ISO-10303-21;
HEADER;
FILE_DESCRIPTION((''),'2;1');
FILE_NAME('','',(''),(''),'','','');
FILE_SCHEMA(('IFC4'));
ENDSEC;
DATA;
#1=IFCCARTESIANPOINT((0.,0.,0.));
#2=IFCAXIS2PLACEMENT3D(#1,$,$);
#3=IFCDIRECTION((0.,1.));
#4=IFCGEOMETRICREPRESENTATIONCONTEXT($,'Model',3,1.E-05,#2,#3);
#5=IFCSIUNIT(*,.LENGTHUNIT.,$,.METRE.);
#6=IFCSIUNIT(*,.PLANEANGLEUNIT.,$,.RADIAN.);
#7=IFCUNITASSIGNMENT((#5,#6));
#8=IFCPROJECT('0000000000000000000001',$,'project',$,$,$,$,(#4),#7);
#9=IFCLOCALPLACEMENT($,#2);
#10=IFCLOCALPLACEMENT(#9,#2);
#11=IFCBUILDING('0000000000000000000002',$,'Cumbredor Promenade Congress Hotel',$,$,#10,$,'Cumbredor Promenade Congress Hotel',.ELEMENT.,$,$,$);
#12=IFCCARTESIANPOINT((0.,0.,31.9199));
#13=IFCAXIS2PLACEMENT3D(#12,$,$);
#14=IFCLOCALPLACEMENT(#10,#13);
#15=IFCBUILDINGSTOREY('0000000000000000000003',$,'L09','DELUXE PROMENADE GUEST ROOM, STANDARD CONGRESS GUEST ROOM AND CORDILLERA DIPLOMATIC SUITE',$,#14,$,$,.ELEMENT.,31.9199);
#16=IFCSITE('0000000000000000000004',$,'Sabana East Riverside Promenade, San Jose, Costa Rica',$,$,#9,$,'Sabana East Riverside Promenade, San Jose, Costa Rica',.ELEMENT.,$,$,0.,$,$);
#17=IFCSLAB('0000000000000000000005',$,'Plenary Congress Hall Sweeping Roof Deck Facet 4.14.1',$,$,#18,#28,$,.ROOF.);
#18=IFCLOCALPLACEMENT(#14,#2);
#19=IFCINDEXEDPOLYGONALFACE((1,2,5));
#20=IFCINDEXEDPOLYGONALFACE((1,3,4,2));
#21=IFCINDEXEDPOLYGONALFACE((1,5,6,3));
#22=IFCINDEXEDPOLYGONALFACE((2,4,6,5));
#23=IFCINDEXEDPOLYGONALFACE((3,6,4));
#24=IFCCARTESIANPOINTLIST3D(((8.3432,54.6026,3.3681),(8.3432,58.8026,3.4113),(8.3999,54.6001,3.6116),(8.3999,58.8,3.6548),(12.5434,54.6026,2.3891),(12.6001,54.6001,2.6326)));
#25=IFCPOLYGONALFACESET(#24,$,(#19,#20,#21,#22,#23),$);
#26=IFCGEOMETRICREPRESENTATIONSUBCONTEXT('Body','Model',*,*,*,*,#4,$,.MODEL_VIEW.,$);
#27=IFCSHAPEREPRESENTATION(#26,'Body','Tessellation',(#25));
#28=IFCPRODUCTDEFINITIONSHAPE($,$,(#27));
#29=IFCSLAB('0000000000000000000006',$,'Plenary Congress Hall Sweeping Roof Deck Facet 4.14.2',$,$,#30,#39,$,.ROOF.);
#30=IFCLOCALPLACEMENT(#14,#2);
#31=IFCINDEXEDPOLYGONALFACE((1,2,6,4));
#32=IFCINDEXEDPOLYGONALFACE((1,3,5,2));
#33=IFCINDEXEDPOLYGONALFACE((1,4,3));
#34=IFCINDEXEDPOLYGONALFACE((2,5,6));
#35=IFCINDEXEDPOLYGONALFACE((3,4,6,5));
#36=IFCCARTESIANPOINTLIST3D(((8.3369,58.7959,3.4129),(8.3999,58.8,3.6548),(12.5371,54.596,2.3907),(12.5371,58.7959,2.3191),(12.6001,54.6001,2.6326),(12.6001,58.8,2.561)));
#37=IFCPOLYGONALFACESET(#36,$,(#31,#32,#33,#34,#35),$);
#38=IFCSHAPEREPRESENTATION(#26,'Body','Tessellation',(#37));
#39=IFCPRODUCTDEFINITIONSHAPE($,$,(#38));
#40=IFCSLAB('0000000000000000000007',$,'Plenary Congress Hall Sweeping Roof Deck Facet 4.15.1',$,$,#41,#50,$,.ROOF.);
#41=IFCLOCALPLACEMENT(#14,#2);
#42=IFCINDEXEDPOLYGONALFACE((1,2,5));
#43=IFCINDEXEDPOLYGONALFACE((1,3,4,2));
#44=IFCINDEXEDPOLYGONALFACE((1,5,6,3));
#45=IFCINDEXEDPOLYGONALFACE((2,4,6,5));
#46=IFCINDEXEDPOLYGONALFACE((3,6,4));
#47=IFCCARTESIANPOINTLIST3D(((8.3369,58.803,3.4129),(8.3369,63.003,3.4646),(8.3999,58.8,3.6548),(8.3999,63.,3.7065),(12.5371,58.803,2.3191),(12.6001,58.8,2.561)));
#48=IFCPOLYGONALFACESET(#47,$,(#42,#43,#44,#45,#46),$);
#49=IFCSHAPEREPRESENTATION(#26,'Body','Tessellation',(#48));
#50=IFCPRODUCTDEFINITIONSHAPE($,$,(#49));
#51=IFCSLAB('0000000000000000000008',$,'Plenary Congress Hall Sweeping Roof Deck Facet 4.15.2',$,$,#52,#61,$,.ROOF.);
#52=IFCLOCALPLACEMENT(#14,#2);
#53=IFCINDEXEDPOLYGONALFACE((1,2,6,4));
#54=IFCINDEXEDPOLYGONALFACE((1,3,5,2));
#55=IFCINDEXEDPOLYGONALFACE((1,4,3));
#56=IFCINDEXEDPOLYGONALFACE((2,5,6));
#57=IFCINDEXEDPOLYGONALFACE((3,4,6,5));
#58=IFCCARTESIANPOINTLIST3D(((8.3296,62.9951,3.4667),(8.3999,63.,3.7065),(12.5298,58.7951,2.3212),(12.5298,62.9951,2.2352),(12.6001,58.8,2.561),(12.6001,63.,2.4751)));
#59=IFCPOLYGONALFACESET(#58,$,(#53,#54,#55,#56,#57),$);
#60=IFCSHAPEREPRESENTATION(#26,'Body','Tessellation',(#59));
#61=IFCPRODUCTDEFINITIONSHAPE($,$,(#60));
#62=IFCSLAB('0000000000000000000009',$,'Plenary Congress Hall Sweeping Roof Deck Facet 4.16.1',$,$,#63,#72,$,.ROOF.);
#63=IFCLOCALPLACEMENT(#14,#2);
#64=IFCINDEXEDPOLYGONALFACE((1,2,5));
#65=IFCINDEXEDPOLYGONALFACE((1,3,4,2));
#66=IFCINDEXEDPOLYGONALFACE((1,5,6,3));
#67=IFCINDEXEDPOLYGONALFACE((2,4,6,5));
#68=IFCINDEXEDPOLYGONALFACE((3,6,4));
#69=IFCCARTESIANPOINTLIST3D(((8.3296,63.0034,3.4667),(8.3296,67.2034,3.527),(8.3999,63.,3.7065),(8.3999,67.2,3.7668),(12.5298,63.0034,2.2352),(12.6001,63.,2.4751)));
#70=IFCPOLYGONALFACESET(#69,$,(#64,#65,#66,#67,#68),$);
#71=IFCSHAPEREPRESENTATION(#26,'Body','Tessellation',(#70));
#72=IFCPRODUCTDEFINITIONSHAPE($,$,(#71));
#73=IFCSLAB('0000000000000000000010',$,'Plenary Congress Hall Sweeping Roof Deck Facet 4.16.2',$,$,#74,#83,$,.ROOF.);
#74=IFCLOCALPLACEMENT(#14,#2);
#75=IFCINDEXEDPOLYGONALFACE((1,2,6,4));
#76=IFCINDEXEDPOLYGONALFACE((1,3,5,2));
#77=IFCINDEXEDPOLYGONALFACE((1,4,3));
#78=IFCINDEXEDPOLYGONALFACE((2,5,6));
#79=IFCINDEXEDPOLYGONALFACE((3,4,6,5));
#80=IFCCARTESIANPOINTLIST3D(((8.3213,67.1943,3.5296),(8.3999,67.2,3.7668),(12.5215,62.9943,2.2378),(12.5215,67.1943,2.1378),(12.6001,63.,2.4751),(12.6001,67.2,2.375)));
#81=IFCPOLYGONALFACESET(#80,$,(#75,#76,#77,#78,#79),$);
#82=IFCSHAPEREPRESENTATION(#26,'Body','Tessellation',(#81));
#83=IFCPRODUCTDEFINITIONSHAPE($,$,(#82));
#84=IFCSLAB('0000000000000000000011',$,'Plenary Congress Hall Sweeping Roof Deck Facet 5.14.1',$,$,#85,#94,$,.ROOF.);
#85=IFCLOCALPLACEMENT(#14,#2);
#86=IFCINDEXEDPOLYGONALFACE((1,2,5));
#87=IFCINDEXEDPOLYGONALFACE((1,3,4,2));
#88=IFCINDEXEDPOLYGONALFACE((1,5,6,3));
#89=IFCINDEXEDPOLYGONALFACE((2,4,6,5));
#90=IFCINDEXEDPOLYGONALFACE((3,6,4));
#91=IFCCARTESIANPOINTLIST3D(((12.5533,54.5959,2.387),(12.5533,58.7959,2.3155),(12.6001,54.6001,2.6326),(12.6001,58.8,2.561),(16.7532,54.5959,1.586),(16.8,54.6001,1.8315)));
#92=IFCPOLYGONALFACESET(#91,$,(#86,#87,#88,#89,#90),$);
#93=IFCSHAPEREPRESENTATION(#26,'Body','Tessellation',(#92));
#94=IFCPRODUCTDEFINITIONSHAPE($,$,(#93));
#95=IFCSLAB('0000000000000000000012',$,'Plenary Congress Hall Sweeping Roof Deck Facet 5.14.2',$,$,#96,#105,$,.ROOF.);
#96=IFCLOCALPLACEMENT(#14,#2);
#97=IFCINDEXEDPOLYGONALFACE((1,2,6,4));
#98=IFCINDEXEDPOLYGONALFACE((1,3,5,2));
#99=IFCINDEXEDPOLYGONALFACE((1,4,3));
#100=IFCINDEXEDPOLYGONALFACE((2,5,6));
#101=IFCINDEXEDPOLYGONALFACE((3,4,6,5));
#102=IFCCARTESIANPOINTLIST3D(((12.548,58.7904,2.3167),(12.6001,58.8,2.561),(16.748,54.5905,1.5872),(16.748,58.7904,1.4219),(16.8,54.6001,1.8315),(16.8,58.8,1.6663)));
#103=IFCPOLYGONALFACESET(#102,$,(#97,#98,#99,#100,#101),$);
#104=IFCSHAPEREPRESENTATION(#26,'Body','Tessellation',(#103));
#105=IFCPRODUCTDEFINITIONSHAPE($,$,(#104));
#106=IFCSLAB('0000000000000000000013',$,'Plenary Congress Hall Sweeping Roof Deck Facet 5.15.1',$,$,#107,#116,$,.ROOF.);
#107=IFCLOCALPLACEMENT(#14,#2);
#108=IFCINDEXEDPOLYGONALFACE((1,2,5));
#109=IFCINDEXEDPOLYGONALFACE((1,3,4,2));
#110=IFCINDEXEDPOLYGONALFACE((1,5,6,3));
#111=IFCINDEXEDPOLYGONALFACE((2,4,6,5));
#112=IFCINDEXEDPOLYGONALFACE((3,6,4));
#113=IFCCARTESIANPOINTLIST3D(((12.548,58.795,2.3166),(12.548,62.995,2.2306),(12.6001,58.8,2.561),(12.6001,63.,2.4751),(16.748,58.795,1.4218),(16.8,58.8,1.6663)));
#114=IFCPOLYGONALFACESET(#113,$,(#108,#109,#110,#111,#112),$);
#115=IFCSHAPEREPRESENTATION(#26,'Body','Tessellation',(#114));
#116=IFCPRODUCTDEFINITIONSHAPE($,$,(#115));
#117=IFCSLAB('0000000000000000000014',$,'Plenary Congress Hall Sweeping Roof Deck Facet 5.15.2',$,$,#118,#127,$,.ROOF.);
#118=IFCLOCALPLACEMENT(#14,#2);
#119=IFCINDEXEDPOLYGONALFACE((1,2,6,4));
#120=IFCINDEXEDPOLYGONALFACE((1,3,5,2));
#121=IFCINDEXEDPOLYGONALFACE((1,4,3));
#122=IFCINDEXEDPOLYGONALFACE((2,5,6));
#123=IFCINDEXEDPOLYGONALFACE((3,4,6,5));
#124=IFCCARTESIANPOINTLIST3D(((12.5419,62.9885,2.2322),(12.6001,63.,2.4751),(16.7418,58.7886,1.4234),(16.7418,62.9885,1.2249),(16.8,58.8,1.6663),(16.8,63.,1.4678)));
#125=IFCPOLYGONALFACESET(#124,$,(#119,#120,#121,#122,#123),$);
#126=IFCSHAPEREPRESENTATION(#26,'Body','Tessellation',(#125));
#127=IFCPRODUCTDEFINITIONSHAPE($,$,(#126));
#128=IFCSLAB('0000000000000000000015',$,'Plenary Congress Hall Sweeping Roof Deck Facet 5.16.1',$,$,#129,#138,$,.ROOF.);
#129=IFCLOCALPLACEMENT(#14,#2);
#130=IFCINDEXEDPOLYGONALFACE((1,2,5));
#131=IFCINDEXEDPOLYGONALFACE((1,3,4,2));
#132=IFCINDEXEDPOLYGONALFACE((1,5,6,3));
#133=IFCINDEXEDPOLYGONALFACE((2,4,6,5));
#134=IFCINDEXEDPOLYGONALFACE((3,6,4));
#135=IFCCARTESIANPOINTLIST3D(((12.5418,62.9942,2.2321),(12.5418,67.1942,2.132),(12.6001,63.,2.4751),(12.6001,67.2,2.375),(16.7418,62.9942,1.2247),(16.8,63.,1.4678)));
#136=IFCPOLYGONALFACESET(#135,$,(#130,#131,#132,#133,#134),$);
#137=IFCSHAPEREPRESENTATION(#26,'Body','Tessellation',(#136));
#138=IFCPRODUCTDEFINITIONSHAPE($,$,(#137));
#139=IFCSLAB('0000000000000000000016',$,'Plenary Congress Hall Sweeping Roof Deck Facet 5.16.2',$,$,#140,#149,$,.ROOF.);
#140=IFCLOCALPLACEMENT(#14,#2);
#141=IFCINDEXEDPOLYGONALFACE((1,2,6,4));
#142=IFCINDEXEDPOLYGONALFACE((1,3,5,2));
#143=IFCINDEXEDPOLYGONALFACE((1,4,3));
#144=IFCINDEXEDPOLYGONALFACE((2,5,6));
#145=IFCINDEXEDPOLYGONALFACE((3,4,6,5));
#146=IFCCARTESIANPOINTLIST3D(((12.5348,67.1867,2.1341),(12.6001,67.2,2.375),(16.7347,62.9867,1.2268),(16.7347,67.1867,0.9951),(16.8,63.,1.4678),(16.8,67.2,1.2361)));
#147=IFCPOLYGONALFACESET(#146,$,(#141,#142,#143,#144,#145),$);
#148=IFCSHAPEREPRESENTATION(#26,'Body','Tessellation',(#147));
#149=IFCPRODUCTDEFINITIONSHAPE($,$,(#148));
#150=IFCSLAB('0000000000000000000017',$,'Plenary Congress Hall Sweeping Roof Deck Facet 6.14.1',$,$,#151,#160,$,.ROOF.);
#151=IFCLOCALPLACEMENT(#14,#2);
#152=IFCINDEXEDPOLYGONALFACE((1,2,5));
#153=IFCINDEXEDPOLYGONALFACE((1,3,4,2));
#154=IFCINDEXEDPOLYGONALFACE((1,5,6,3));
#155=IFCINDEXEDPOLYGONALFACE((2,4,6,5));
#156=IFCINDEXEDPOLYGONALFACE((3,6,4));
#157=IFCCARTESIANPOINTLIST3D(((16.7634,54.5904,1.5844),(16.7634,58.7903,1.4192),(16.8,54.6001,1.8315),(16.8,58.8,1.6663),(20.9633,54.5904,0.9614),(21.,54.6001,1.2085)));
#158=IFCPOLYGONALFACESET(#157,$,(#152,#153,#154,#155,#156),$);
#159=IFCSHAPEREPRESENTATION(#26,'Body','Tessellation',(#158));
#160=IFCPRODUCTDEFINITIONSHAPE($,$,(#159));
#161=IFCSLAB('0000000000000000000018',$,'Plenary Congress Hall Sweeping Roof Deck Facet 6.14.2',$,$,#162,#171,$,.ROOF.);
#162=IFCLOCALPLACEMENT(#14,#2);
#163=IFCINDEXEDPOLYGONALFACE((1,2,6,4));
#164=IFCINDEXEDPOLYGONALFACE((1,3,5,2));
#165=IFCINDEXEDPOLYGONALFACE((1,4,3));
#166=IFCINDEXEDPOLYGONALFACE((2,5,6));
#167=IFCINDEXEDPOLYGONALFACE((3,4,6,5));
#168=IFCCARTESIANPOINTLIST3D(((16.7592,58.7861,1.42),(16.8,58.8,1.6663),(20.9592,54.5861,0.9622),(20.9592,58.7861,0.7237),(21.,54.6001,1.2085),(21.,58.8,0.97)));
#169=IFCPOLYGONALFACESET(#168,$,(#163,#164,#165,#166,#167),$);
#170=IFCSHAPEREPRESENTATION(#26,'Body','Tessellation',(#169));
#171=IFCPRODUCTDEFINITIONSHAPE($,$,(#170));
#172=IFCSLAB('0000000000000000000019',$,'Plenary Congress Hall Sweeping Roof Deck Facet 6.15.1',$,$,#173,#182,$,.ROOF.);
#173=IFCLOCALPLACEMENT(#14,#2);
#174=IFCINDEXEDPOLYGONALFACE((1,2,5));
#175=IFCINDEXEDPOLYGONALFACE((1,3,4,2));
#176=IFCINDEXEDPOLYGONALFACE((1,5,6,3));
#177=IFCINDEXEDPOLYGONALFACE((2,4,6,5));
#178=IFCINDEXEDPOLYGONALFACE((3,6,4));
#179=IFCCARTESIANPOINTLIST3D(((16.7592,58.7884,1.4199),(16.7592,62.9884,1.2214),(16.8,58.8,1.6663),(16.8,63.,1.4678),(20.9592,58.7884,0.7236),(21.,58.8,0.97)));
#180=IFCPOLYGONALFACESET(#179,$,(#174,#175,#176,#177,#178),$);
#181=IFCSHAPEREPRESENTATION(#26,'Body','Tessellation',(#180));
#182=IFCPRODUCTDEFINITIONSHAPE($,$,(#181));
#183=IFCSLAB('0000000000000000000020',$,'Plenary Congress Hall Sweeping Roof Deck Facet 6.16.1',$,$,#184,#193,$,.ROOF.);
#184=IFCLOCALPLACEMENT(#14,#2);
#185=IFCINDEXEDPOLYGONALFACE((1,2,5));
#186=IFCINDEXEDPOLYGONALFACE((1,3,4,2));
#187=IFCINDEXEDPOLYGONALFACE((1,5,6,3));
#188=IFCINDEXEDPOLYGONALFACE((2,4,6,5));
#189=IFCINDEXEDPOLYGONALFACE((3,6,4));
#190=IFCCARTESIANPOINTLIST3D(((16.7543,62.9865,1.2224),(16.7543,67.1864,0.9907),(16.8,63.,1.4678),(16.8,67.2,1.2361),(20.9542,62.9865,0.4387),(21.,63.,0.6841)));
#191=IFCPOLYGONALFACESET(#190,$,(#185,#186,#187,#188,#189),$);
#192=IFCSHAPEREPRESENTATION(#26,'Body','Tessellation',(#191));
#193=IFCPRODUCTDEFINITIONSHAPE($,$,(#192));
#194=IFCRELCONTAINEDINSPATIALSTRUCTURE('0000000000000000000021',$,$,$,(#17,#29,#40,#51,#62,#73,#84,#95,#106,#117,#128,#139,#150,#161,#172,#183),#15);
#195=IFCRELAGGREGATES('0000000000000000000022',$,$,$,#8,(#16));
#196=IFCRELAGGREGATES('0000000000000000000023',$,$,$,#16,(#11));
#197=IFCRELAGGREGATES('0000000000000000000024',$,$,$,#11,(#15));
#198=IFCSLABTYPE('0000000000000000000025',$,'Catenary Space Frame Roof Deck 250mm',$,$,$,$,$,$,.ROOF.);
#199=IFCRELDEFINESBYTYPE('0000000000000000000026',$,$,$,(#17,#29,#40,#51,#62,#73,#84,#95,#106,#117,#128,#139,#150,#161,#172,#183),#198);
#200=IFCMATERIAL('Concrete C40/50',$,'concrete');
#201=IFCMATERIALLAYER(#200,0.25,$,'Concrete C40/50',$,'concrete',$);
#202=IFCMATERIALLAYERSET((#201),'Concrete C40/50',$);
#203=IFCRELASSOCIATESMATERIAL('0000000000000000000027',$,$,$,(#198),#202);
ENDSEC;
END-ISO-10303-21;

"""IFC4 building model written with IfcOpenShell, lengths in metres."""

from ifc_helpers import new_model, si_unit, direction, frame, origin, place, context, subcontext, project, spatial, polyline, outline, extrude, material, layer, layer_set, type_object, element, save


model = new_model("IFC4")

# Units and contexts
model_context = context("Model", 3, precision=1e-05, world=origin(), true_north=direction((0.0, 1.0)))
body_context = subcontext(model_context, "Body", "Model", "MODEL_VIEW")
ifc_project = project(units=[si_unit("LENGTHUNIT", "METRE"), si_unit("PLANEANGLEUNIT", "RADIAN")], contexts=[model_context])

# Site, building, storey
site_placement = place(None, origin())
site = spatial("IfcSite", under=ifc_project, at=site_placement, Name="Sabana East Riverside Promenade, San Jose, Costa Rica", LongName="Sabana East Riverside Promenade, San Jose, Costa Rica", CompositionType="ELEMENT", RefElevation=0.0)
building_placement = place(site_placement, origin())
building = spatial("IfcBuilding", under=site, at=building_placement, Name="Cumbredor Promenade Congress Hotel", LongName="Cumbredor Promenade Congress Hotel", CompositionType="ELEMENT")
storey_placement = place(building_placement, frame((0.0, 0.0, 31.9199)))
storey = spatial("IfcBuildingStorey", under=building, at=storey_placement, Name="L09", Description="DELUXE PROMENADE GUEST ROOM, STANDARD CONGRESS GUEST ROOM AND CORDILLERA DIPLOMATIC SUITE", CompositionType="ELEMENT", Elevation=31.9199)

# Slabs
ifc_material_1 = material(Name="Concrete C40/50", Category="concrete")
ifc_layer_1 = layer(ifc_material_1, 0.25, Name="Concrete C40/50", Category="concrete")
ifc_layer_set_1 = layer_set([ifc_layer_1], Name="Concrete C40/50")
slab_type = type_object("IfcSlabType", Name="Catenary Space Frame Roof Deck 250mm", PredefinedType="ROOF", material=ifc_layer_set_1)
slab_1_placement = place(storey_placement, frame((8.3999, 54.6001, 3.6116), z_axis=(0.226989, -0.01002, 0.973846), x_axis=(0.973895, 0.0, -0.227001)))
element("IfcSlab", 1, at=slab_1_placement, inside=storey, type_object=slab_type, Name="Plenary Congress Hall Sweeping Roof Deck Facet 4.14.1", PredefinedType="ROOF", context=body_context, shape_type="SweptSolid", body=[
    extrude(outline(polyline([(0.0, 0.0), (4.3128, 0.0), (-0.0098, 4.2002), (0.0, 0.0)])), origin(), (0.0, 0.0, -1.0), 0.25),
])
slab_2_placement = place(storey_placement, frame((12.6001, 54.6001, 2.6326), z_axis=(0.251966, 0.01648, 0.967596), x_axis=(0.0, 0.999855, -0.017029)))
element("IfcSlab", 2, at=slab_2_placement, inside=storey, type_object=slab_type, Name="Plenary Congress Hall Sweeping Roof Deck Facet 4.14.2", PredefinedType="ROOF", context=body_context, shape_type="SweptSolid", body=[
    extrude(outline(polyline([(0.0, 0.0), (4.2006, 0.0), (4.1819, 4.3402), (0.0, 0.0)])), origin(), (0.0, 0.0, -1.0), 0.25),
])
slab_3_placement = place(storey_placement, frame((8.3999, 58.8, 3.6548), z_axis=(0.251983, -0.011925, 0.967658), x_axis=(0.967727, 0.0, -0.252001)))
element("IfcSlab", 3, at=slab_3_placement, inside=storey, type_object=slab_type, Name="Plenary Congress Hall Sweeping Roof Deck Facet 4.15.1", PredefinedType="ROOF", context=body_context, shape_type="SweptSolid", body=[
    extrude(outline(polyline([(0.0, 0.0), (4.3403, 0.0), (-0.013, 4.2002), (0.0, 0.0)])), origin(), (0.0, 0.0, -1.0), 0.25),
])
slab_4_placement = place(storey_placement, frame((12.6001, 58.8, 2.561), z_axis=(0.281291, 0.019631, 0.959422), x_axis=(0.0, 0.999791, -0.020457)))
element("IfcSlab", 4, at=slab_4_placement, inside=storey, type_object=slab_type, Name="Plenary Congress Hall Sweeping Roof Deck Facet 4.15.2", PredefinedType="ROOF", context=body_context, shape_type="SweptSolid", body=[
    extrude(outline(polyline([(0.0, 0.0), (4.2008, 0.0), (4.1756, 4.3769), (0.0, 0.0)])), origin(), (0.0, 0.0, -1.0), 0.25),
])
slab_5_placement = place(storey_placement, frame((8.3999, 63.0, 3.7065), z_axis=(0.281318, -0.013777, 0.959516), x_axis=(0.959607, 0.0, -0.281345)))
element("IfcSlab", 5, at=slab_5_placement, inside=storey, type_object=slab_type, Name="Plenary Congress Hall Sweeping Roof Deck Facet 4.16.1", PredefinedType="ROOF", context=body_context, shape_type="SweptSolid", body=[
    extrude(outline(polyline([(0.0, 0.0), (4.377, 0.0), (-0.017, 4.2003), (0.0, 0.0)])), origin(), (0.0, 0.0, -1.0), 0.25),
])
slab_6_placement = place(storey_placement, frame((12.6001, 63.0, 2.4751), z_axis=(0.314475, 0.022617, 0.948996), x_axis=(0.0, 0.999716, -0.023826)))
element("IfcSlab", 6, at=slab_6_placement, inside=storey, type_object=slab_type, Name="Plenary Congress Hall Sweeping Roof Deck Facet 4.16.2", PredefinedType="ROOF", context=body_context, shape_type="SweptSolid", body=[
    extrude(outline(polyline([(0.0, 0.0), (4.2011, 0.0), (4.168, 4.4247), (0.0, 0.0)])), origin(), (0.0, 0.0, -1.0), 0.25),
])
slab_7_placement = place(storey_placement, frame((12.6001, 54.6001, 2.6326), z_axis=(0.187319, 0.016728, 0.982157), x_axis=(0.982294, 0.0, -0.187346)))
element("IfcSlab", 7, at=slab_7_placement, inside=storey, type_object=slab_type, Name="Plenary Congress Hall Sweeping Roof Deck Facet 5.14.1", PredefinedType="ROOF", context=body_context, shape_type="SweptSolid", body=[
    extrude(outline(polyline([(0.0, 0.0), (4.2757, 0.0), (0.0134, 4.2005), (0.0, 0.0)])), origin(), (0.0, 0.0, -1.0), 0.25),
])
slab_8_placement = place(storey_placement, frame((16.8, 54.6001, 1.8315), z_axis=(0.208214, 0.038461, 0.977327), x_axis=(0.0, 0.999227, -0.039323)))
element("IfcSlab", 8, at=slab_8_placement, inside=storey, type_object=slab_type, Name="Plenary Congress Hall Sweeping Roof Deck Facet 5.14.2", PredefinedType="ROOF", context=body_context, shape_type="SweptSolid", body=[
    extrude(outline(polyline([(0.0, 0.0), (4.2032, 0.0), (4.168, 4.2941), (0.0, 0.0)])), origin(), (0.0, 0.0, -1.0), 0.25),
])
slab_9_placement = place(storey_placement, frame((12.6001, 58.8, 2.561), z_axis=(0.208326, 0.020008, 0.977855), x_axis=(0.97805, 0.0, -0.208368)))
element("IfcSlab", 9, at=slab_9_placement, inside=storey, type_object=slab_type, Name="Plenary Congress Hall Sweeping Roof Deck Facet 5.15.1", PredefinedType="ROOF", context=body_context, shape_type="SweptSolid", body=[
    extrude(outline(polyline([(0.0, 0.0), (4.2942, 0.0), (0.0179, 4.2008), (0.0, 0.0)])), origin(), (0.0, 0.0, -1.0), 0.25),
])
slab_10_placement = place(storey_placement, frame((16.8, 58.8, 1.6663), z_axis=(0.232982, 0.045907, 0.971397), x_axis=(0.0, 0.998885, -0.047207)))
element("IfcSlab", 10, at=slab_10_placement, inside=storey, type_object=slab_type, Name="Plenary Congress Hall Sweeping Roof Deck Facet 5.15.2", PredefinedType="ROOF", context=body_context, shape_type="SweptSolid", body=[
    extrude(outline(polyline([(0.0, 0.0), (4.2046, 0.0), (4.1571, 4.3188), (0.0, 0.0)])), origin(), (0.0, 0.0, -1.0), 0.25),
])
slab_11_placement = place(storey_placement, frame((12.6001, 63.0, 2.4751), z_axis=(0.233165, 0.02317, 0.972161), x_axis=(0.972422, 0.0, -0.233228)))
element("IfcSlab", 11, at=slab_11_placement, inside=storey, type_object=slab_type, Name="Plenary Congress Hall Sweeping Roof Deck Facet 5.16.1", PredefinedType="ROOF", context=body_context, shape_type="SweptSolid", body=[
    extrude(outline(polyline([(0.0, 0.0), (4.3191, 0.0), (0.0233, 4.2011), (0.0, 0.0)])), origin(), (0.0, 0.0, -1.0), 0.25),
])
slab_12_placement = place(storey_placement, frame((16.8, 63.0, 1.4678), z_axis=(0.261351, 0.053167, 0.963778), x_axis=(0.0, 0.998482, -0.055081)))
element("IfcSlab", 12, at=slab_12_placement, inside=storey, type_object=slab_type, Name="Plenary Congress Hall Sweeping Roof Deck Facet 5.16.2", PredefinedType="ROOF", context=body_context, shape_type="SweptSolid", body=[
    extrude(outline(polyline([(0.0, 0.0), (4.2063, 0.0), (4.1436, 4.3512), (0.0, 0.0)])), origin(), (0.0, 0.0, -1.0), 0.25),
])
slab_13_placement = place(storey_placement, frame((16.8, 54.6001, 1.8315), z_axis=(0.146629, 0.038898, 0.988426), x_axis=(0.989175, 0.0, -0.14674)))
element("IfcSlab", 13, at=slab_13_placement, inside=storey, type_object=slab_type, Name="Plenary Congress Hall Sweeping Roof Deck Facet 6.14.1", PredefinedType="ROOF", context=body_context, shape_type="SweptSolid", body=[
    extrude(outline(polyline([(0.0, 0.0), (4.2459, 0.0), (0.0243, 4.2031), (0.0, 0.0)])), origin(), (0.0, 0.0, -1.0), 0.25),
])
slab_14_placement = place(storey_placement, frame((21.0, 54.6001, 1.2085), z_axis=(0.163297, 0.05594, 0.98499), x_axis=(0.0, 0.998391, -0.056701)))
element("IfcSlab", 14, at=slab_14_placement, inside=storey, type_object=slab_type, Name="Plenary Congress Hall Sweeping Roof Deck Facet 6.14.2", PredefinedType="ROOF", context=body_context, shape_type="SweptSolid", body=[
    extrude(outline(polyline([(0.0, 0.0), (4.2067, 0.0), (4.1672, 4.2571), (0.0, 0.0)])), origin(), (0.0, 0.0, -1.0), 0.25),
])
slab_15_placement = place(storey_placement, frame((16.8, 58.8, 1.6663), z_axis=(0.163375, 0.046572, 0.985464), x_axis=(0.986535, 0.0, -0.163553)))
element("IfcSlab", 15, at=slab_15_placement, inside=storey, type_object=slab_type, Name="Plenary Congress Hall Sweeping Roof Deck Facet 6.15.1", PredefinedType="ROOF", context=body_context, shape_type="SweptSolid", body=[
    extrude(outline(polyline([(0.0, 0.0), (4.2573, 0.0), (0.0325, 4.2045), (0.0, 0.0)])), origin(), (0.0, 0.0, -1.0), 0.25),
])
slab_16_placement = place(storey_placement, frame((16.8, 63.0, 1.4678), z_axis=(0.18316, 0.054149, 0.981591), x_axis=(0.983033, 0.0, -0.183429)))
element("IfcSlab", 16, at=slab_16_placement, inside=storey, type_object=slab_type, Name="Plenary Congress Hall Sweeping Roof Deck Facet 6.16.1", PredefinedType="ROOF", context=body_context, shape_type="SweptSolid", body=[
    extrude(outline(polyline([(0.0, 0.0), (4.2724, 0.0), (0.0425, 4.2061), (0.0, 0.0)])), origin(), (0.0, 0.0, -1.0), 0.25),
])

save(model, "model.ifc")
